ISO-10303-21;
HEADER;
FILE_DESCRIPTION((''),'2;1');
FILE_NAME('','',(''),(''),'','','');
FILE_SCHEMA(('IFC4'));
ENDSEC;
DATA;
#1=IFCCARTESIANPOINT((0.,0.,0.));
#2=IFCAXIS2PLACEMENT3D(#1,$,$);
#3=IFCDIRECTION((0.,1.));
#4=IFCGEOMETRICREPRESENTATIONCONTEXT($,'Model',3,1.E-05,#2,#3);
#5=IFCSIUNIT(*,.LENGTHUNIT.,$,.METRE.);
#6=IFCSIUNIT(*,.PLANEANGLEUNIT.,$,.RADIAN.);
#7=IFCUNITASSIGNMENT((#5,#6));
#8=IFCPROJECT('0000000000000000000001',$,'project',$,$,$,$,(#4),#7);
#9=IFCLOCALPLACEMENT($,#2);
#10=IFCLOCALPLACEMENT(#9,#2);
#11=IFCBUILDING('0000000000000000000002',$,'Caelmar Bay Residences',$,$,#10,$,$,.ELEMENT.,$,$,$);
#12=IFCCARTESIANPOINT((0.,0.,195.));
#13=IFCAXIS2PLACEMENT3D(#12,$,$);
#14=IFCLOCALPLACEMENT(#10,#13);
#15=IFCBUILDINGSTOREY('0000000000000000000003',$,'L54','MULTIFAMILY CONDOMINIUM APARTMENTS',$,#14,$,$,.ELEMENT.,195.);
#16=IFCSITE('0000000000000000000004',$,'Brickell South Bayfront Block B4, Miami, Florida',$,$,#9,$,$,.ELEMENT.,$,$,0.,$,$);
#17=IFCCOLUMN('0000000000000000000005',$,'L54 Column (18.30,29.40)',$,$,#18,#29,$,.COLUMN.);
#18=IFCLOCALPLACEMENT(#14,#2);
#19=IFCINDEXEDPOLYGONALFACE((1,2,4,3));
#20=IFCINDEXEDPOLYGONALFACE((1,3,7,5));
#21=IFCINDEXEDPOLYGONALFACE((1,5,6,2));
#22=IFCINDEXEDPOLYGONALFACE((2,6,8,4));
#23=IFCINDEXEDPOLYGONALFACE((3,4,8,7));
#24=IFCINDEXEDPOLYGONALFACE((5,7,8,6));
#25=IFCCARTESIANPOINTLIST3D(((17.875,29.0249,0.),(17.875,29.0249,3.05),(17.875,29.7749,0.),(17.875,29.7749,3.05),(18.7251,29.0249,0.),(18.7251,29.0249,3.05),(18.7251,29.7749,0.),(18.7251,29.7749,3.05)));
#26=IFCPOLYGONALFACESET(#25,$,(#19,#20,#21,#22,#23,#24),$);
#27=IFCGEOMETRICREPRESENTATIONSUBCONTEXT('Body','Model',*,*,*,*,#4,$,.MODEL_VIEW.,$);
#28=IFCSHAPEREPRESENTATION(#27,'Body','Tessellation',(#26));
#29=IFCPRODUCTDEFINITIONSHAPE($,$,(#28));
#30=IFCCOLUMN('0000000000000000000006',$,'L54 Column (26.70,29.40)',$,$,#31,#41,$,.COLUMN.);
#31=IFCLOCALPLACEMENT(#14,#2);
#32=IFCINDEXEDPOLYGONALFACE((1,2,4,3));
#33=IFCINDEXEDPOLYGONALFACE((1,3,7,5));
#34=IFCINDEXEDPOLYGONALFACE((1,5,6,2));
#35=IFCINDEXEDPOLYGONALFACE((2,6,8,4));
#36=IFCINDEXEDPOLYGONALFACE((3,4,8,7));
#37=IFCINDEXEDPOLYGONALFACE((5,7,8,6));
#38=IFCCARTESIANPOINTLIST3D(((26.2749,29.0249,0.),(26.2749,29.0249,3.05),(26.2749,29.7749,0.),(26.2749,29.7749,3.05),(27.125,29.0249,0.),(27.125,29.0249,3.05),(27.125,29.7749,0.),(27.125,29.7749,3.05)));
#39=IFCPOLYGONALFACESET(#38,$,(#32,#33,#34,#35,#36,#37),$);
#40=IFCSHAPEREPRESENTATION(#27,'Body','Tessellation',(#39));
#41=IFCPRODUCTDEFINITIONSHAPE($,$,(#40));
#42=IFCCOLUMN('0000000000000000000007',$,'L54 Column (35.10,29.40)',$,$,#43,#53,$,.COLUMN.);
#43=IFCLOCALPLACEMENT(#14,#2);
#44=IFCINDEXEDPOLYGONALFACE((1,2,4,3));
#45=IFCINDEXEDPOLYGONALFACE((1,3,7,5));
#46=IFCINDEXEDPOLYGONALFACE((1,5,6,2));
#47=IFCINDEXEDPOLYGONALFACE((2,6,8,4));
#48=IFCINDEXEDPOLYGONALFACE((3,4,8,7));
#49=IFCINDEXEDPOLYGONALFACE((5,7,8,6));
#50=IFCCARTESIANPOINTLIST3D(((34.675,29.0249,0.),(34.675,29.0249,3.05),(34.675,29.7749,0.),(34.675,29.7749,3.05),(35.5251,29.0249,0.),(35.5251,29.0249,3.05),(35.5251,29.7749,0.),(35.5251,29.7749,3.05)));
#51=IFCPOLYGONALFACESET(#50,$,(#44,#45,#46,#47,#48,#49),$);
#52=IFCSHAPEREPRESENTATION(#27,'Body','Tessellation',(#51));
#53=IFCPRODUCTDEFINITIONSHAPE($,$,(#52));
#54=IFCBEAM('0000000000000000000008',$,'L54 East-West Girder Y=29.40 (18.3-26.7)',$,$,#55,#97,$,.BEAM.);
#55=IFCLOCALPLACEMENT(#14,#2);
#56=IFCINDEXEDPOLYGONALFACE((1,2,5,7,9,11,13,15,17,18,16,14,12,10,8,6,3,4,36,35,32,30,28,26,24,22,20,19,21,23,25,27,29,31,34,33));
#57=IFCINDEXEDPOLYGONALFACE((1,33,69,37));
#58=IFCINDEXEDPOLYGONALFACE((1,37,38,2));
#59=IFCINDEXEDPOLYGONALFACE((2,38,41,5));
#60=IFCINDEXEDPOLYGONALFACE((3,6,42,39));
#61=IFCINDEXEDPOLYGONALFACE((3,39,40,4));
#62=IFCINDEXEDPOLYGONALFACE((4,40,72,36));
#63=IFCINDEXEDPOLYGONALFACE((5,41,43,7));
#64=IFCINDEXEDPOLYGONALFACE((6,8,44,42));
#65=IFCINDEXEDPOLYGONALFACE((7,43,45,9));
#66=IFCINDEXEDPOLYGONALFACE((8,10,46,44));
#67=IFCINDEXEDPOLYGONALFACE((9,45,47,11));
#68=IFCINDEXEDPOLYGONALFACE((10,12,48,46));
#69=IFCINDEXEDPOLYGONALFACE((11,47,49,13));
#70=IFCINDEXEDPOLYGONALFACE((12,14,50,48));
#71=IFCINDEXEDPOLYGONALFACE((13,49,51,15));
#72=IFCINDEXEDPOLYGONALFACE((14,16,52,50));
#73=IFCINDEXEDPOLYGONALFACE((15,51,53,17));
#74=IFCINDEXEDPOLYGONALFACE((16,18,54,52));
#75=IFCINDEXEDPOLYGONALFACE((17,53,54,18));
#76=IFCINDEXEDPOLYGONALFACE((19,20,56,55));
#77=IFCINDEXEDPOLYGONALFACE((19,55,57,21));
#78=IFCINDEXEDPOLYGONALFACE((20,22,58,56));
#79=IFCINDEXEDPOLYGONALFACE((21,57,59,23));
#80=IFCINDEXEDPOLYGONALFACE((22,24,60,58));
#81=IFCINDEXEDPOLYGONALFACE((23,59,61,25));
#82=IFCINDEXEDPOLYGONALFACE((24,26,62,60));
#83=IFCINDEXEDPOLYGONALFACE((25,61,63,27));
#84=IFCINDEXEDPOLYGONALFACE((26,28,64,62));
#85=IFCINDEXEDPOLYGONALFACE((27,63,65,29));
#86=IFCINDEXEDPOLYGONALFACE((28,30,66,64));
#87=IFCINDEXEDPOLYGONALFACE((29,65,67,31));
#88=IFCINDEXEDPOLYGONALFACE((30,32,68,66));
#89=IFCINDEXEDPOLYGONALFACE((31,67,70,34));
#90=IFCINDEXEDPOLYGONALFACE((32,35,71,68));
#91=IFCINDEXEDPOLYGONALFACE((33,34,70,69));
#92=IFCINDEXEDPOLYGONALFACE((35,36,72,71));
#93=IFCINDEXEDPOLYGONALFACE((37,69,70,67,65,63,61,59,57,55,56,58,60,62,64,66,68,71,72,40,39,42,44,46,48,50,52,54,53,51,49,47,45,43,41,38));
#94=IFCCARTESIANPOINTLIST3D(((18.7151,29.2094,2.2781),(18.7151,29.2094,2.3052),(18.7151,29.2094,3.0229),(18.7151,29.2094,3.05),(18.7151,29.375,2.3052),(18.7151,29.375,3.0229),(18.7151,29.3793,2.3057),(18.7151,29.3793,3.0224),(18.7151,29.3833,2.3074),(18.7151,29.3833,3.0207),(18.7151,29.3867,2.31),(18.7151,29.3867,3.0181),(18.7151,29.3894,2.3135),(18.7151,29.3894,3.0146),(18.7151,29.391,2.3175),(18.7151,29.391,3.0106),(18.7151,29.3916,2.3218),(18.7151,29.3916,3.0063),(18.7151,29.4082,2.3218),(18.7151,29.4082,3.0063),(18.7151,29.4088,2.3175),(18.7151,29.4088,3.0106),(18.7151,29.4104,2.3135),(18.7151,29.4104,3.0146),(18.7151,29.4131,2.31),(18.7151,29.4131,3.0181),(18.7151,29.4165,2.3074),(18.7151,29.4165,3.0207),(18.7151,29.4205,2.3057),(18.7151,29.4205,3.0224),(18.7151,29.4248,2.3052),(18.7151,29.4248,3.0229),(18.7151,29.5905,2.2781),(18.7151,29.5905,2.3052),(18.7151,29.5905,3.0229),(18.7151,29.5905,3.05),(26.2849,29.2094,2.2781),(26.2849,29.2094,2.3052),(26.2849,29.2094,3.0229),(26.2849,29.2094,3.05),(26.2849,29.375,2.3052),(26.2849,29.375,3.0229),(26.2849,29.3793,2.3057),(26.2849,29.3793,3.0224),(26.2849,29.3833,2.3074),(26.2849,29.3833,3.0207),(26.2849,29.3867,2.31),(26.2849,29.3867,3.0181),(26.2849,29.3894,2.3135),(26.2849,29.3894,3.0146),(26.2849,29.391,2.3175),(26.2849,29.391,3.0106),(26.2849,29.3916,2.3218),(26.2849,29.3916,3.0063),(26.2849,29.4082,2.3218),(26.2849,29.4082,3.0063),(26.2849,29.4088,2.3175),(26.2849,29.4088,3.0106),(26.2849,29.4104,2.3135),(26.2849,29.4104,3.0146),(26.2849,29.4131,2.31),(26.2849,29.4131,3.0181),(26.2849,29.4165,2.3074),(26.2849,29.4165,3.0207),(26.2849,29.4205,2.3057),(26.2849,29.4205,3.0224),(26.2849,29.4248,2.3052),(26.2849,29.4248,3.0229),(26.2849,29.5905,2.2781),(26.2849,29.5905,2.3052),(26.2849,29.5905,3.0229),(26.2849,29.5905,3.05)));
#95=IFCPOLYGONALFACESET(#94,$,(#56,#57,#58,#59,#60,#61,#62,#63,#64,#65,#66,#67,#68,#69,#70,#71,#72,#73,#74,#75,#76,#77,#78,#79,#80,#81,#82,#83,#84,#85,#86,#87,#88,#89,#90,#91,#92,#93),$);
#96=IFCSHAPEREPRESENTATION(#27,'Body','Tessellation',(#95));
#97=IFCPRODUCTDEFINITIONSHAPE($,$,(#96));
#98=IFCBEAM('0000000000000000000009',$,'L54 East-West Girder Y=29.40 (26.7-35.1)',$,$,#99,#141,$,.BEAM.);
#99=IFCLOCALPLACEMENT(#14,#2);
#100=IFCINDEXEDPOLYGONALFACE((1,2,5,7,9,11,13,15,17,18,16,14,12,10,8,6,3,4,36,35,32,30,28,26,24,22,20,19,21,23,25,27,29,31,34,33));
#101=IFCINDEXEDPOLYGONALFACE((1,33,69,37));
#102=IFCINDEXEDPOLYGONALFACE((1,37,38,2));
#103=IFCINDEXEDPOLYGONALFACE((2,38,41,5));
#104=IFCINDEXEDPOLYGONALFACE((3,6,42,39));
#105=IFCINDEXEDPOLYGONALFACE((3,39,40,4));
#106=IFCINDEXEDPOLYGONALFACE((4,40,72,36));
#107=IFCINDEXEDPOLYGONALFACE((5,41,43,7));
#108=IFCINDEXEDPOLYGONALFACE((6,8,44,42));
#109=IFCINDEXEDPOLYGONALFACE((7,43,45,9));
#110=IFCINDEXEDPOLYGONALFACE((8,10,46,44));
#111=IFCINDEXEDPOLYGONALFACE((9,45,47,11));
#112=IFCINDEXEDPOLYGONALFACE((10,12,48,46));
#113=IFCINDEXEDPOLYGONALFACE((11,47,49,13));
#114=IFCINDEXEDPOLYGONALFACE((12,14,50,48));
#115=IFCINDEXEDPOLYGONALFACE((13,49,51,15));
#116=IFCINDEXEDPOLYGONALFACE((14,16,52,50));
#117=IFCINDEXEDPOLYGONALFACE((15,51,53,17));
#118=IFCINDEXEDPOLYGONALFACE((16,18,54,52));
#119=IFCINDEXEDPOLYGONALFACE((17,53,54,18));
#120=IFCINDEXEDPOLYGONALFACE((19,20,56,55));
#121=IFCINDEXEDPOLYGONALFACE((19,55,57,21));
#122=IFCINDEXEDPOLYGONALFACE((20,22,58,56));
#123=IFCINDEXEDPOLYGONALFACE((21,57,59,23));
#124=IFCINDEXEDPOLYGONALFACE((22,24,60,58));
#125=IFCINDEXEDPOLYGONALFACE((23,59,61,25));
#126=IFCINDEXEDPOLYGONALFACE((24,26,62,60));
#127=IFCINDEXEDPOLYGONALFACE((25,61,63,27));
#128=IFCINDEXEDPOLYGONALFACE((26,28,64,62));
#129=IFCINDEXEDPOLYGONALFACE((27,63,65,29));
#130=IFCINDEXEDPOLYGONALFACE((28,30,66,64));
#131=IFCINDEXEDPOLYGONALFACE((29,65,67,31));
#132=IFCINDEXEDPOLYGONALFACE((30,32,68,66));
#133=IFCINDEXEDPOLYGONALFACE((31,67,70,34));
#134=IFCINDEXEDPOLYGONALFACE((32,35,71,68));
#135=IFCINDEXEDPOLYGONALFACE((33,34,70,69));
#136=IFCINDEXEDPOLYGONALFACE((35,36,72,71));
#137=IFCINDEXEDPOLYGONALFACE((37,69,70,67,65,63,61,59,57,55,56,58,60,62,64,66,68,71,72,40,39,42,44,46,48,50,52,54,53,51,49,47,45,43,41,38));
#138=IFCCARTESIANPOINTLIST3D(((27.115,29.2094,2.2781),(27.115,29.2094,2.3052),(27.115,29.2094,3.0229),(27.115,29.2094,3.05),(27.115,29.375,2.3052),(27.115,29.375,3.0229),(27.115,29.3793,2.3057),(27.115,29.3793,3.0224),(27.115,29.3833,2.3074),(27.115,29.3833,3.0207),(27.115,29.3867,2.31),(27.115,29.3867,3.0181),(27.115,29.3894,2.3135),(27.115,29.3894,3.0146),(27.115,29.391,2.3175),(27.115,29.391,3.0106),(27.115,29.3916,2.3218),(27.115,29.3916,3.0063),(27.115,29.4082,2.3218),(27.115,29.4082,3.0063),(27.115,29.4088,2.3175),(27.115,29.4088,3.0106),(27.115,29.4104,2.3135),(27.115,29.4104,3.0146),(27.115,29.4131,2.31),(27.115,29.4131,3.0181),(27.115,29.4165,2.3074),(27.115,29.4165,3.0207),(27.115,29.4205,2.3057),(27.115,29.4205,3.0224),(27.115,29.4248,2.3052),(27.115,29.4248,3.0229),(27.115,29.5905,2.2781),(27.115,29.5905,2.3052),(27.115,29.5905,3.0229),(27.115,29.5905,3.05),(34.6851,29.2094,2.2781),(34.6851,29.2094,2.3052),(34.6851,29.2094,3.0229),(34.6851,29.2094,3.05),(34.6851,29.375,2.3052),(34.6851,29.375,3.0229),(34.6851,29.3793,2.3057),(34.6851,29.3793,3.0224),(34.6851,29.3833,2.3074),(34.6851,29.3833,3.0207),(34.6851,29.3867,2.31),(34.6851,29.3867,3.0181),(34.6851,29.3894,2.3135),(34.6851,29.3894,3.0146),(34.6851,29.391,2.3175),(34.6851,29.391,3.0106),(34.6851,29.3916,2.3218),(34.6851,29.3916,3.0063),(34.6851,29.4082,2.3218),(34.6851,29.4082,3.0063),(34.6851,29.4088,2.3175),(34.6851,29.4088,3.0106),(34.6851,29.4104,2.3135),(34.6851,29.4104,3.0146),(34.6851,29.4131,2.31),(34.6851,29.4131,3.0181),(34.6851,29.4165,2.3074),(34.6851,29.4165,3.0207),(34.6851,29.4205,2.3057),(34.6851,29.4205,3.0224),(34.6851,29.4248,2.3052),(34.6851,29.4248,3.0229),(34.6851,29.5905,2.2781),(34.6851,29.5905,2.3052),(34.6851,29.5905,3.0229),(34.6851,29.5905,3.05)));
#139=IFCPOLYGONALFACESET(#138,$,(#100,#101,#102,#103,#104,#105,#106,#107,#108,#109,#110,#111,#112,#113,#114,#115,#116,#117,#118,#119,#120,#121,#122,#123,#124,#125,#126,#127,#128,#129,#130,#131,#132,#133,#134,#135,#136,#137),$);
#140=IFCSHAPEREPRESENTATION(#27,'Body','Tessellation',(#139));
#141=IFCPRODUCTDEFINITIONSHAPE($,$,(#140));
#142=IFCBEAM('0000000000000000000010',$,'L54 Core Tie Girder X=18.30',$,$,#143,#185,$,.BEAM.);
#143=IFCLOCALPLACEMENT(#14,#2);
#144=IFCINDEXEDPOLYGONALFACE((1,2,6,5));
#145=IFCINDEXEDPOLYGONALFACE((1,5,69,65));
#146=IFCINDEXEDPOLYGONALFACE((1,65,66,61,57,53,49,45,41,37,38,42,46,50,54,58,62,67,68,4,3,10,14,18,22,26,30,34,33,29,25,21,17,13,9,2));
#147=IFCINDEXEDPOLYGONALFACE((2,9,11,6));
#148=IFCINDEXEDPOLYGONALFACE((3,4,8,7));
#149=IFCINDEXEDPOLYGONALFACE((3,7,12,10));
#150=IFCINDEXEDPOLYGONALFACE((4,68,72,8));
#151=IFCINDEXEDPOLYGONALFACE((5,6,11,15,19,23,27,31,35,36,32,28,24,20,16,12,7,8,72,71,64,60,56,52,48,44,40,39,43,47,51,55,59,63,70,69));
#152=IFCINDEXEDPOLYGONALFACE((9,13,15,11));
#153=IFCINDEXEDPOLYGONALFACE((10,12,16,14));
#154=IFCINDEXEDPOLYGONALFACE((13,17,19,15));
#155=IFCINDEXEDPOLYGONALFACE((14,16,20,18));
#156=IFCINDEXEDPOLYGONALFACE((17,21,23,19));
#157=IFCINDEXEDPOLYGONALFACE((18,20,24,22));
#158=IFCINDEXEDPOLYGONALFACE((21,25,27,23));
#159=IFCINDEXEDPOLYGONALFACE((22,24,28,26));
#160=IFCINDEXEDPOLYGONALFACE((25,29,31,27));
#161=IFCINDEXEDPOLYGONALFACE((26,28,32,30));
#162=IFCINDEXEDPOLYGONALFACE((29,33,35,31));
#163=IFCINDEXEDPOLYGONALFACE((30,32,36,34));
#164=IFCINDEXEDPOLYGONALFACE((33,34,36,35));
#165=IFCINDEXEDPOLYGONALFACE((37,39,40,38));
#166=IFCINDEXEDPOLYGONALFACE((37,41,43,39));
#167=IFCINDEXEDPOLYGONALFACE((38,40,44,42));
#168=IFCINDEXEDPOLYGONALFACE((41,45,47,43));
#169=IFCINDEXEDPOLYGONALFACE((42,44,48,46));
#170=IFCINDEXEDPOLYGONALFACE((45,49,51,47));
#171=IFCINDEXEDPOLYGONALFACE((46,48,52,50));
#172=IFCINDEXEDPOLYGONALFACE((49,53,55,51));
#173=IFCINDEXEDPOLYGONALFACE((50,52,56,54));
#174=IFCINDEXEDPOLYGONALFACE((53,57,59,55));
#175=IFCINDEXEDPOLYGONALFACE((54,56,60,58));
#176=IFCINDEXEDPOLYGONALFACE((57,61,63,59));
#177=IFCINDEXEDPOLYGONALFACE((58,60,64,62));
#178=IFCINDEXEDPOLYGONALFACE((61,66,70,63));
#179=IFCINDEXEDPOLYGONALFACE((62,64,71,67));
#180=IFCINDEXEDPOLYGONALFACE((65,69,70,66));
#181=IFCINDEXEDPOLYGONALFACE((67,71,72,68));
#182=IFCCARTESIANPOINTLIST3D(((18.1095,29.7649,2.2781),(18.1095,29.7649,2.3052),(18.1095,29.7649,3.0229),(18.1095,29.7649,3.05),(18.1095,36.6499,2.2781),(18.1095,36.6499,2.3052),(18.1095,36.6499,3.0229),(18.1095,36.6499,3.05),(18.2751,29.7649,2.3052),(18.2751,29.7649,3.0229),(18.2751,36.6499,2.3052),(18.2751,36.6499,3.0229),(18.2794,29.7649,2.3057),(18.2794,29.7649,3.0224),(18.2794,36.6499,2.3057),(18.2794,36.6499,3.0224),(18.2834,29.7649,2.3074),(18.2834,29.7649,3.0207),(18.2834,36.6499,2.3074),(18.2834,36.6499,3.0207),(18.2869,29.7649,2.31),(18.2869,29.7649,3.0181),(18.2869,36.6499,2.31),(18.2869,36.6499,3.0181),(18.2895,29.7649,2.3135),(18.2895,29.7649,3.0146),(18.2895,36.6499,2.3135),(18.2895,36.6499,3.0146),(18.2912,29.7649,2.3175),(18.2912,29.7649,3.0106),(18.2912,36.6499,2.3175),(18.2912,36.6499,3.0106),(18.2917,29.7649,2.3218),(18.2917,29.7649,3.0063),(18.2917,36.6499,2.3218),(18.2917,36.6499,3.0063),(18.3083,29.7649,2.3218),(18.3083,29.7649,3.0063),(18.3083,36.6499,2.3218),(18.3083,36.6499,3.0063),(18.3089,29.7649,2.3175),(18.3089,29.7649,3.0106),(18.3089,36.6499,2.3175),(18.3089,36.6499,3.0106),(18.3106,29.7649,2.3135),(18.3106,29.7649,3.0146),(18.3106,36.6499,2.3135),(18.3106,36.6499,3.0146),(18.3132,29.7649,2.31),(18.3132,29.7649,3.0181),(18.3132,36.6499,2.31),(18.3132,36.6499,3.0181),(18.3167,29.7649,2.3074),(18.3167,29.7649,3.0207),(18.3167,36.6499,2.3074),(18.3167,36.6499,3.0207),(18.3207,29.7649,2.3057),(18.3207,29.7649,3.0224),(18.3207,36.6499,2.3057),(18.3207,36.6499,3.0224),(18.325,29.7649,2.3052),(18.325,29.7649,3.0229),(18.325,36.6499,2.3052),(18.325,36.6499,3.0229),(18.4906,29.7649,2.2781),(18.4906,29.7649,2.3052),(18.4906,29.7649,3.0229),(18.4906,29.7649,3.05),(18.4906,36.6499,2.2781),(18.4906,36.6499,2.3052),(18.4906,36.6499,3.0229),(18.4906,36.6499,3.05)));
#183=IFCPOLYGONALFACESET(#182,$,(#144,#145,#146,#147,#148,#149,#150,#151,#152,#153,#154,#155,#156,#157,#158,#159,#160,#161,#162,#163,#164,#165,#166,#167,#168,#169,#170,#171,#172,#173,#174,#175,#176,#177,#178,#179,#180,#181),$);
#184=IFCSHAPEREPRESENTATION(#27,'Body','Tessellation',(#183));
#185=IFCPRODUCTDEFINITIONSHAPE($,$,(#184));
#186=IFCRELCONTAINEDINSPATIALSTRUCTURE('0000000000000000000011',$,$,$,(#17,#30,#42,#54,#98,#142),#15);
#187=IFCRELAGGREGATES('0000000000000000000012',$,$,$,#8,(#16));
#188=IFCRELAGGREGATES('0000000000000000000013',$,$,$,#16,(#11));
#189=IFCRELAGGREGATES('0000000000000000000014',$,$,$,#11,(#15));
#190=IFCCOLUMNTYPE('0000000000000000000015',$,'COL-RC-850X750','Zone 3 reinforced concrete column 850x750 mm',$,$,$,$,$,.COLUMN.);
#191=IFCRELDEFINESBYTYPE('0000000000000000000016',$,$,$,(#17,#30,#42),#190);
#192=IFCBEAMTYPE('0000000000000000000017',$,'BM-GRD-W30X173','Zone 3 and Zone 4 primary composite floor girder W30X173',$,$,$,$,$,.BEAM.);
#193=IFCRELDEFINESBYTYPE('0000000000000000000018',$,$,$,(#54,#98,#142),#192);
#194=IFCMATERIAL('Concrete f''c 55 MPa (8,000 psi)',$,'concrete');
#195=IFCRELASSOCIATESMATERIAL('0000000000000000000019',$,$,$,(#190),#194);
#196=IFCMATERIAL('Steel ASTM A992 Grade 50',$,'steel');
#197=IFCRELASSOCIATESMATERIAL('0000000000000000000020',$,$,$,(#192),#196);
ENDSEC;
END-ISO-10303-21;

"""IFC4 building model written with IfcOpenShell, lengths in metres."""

from ifc_helpers import new_model, si_unit, direction, frame, origin, origin_2d, place, context, subcontext, project, spatial, rectangle, i_section, extrude, material, material_profile, profile_set, type_object, element, save


model = new_model("IFC4")

# Units and contexts
model_context = context("Model", 3, precision=1e-05, world=origin(), true_north=direction((0.0, 1.0)))
body_context = subcontext(model_context, "Body", "Model", "MODEL_VIEW")
ifc_project = project(units=[si_unit("LENGTHUNIT", "METRE"), si_unit("PLANEANGLEUNIT", "RADIAN")], contexts=[model_context])

# Site, building, storey
site_placement = place(None, origin())
site = spatial("IfcSite", under=ifc_project, at=site_placement, Name="Brickell South Bayfront Block B4, Miami, Florida", CompositionType="ELEMENT", RefElevation=0.0)
building_placement = place(site_placement, origin())
building = spatial("IfcBuilding", under=site, at=building_placement, Name="Caelmar Bay Residences", CompositionType="ELEMENT")
storey_placement = place(building_placement, frame((0.0, 0.0, 195.0)))
storey = spatial("IfcBuildingStorey", under=building, at=storey_placement, Name="L54", Description="MULTIFAMILY CONDOMINIUM APARTMENTS", CompositionType="ELEMENT", Elevation=195.0)

# Columns
ifc_material_1 = material(Name="Concrete f'c 55 MPa (8,000 psi)", Category="concrete")
ifc_material_profile_1 = material_profile(ifc_material_1, rectangle(XDim=0.8501, YDim=0.75, at=origin_2d()), Name="RC-COL-850X750")
ifc_profile_set_1 = profile_set([ifc_material_profile_1], Name="Concrete f'c 55 MPa (8,000 psi)")
column_type = type_object("IfcColumnType", Name="COL-RC-850X750", Description="Zone 3 reinforced concrete column 850x750 mm", PredefinedType="COLUMN", material=ifc_profile_set_1)
for number, where, z_axis, x_axis, name in (
    (1, (18.3, 29.3999, 0.0), (0.0, 0.0, 1.0), (1.0, 0.0, 0.0), "L54 Column (18.30,29.40)"),
    (2, (26.7, 29.3999, 0.0), (0.0, 0.0, 1.0), (1.0, 0.0, 0.0), "L54 Column (26.70,29.40)"),
    (3, (35.1001, 29.3999, 0.0), (0.0, 0.0, 1.0), (1.0, 0.0, 0.0), "L54 Column (35.10,29.40)"),
):
    element("IfcColumn", number, at=place(storey_placement, frame(where, z_axis=z_axis, x_axis=x_axis)), inside=storey, type_object=column_type, Name=name, PredefinedType="COLUMN", context=body_context, shape_type="SweptSolid", body=[
        extrude(rectangle(XDim=0.8501, YDim=0.75, at=origin_2d()), origin(), (0.0, 0.0, 1.0), 3.05),
    ])

# Beams
ifc_material_2 = material(Name="Steel ASTM A992 Grade 50", Category="steel")
ifc_material_profile_2 = material_profile(ifc_material_2, i_section(OverallWidth=0.3811, OverallDepth=0.772, WebThickness=0.0166, FlangeThickness=0.0271, FilletRadius=0.0166, at=origin_2d()), Name="W30X173")
ifc_profile_set_2 = profile_set([ifc_material_profile_2], Name="Steel ASTM A992 Grade 50")
beam_type_1 = type_object("IfcBeamType", Name="BM-GRD-W30X173", Description="Zone 3 and Zone 4 primary composite floor girder W30X173", PredefinedType="BEAM", material=ifc_profile_set_2)
beam_1_placement = place(storey_placement, frame((18.7151, 29.3999, 2.6641), z_axis=(1.0, 0.0, 0.0), x_axis=(0.0, 1.0, 0.0)))
element("IfcBeam", 4, at=beam_1_placement, inside=storey, type_object=beam_type_1, Name="L54 East-West Girder Y=29.40 (18.3-26.7)", PredefinedType="BEAM", context=body_context, shape_type="SweptSolid", body=[
    extrude(i_section(OverallWidth=0.3811, OverallDepth=0.772, WebThickness=0.0166, FlangeThickness=0.0271, FilletRadius=0.0166, at=origin_2d()), origin(), (0.0, 0.0, 1.0), 7.5698),
])
beam_2_placement = place(storey_placement, frame((27.115, 29.3999, 2.6641), z_axis=(1.0, 0.0, 0.0), x_axis=(0.0, 1.0, 0.0)))
element("IfcBeam", 5, at=beam_2_placement, inside=storey, type_object=beam_type_1, Name="L54 East-West Girder Y=29.40 (26.7-35.1)", PredefinedType="BEAM", context=body_context, shape_type="SweptSolid", body=[
    extrude(i_section(OverallWidth=0.3811, OverallDepth=0.772, WebThickness=0.0166, FlangeThickness=0.0271, FilletRadius=0.0166, at=origin_2d()), origin(), (0.0, 0.0, 1.0), 7.5701),
])
for number, where, z_axis, x_axis, name in (
    (6, (18.3, 29.7649, 2.6641), (0.0, 1.0, 0.0), (-1.0, 0.0, 0.0), "L54 Core Tie Girder X=18.30"),
):
    element("IfcBeam", number, at=place(storey_placement, frame(where, z_axis=z_axis, x_axis=x_axis)), inside=storey, type_object=beam_type_1, Name=name, PredefinedType="BEAM", context=body_context, shape_type="SweptSolid", body=[
        extrude(i_section(OverallWidth=0.3811, OverallDepth=0.772, WebThickness=0.0166, FlangeThickness=0.0271, FilletRadius=0.0166, at=origin_2d()), origin(), (0.0, 0.0, 1.0), 6.885),
    ])

save(model, "model.ifc")
